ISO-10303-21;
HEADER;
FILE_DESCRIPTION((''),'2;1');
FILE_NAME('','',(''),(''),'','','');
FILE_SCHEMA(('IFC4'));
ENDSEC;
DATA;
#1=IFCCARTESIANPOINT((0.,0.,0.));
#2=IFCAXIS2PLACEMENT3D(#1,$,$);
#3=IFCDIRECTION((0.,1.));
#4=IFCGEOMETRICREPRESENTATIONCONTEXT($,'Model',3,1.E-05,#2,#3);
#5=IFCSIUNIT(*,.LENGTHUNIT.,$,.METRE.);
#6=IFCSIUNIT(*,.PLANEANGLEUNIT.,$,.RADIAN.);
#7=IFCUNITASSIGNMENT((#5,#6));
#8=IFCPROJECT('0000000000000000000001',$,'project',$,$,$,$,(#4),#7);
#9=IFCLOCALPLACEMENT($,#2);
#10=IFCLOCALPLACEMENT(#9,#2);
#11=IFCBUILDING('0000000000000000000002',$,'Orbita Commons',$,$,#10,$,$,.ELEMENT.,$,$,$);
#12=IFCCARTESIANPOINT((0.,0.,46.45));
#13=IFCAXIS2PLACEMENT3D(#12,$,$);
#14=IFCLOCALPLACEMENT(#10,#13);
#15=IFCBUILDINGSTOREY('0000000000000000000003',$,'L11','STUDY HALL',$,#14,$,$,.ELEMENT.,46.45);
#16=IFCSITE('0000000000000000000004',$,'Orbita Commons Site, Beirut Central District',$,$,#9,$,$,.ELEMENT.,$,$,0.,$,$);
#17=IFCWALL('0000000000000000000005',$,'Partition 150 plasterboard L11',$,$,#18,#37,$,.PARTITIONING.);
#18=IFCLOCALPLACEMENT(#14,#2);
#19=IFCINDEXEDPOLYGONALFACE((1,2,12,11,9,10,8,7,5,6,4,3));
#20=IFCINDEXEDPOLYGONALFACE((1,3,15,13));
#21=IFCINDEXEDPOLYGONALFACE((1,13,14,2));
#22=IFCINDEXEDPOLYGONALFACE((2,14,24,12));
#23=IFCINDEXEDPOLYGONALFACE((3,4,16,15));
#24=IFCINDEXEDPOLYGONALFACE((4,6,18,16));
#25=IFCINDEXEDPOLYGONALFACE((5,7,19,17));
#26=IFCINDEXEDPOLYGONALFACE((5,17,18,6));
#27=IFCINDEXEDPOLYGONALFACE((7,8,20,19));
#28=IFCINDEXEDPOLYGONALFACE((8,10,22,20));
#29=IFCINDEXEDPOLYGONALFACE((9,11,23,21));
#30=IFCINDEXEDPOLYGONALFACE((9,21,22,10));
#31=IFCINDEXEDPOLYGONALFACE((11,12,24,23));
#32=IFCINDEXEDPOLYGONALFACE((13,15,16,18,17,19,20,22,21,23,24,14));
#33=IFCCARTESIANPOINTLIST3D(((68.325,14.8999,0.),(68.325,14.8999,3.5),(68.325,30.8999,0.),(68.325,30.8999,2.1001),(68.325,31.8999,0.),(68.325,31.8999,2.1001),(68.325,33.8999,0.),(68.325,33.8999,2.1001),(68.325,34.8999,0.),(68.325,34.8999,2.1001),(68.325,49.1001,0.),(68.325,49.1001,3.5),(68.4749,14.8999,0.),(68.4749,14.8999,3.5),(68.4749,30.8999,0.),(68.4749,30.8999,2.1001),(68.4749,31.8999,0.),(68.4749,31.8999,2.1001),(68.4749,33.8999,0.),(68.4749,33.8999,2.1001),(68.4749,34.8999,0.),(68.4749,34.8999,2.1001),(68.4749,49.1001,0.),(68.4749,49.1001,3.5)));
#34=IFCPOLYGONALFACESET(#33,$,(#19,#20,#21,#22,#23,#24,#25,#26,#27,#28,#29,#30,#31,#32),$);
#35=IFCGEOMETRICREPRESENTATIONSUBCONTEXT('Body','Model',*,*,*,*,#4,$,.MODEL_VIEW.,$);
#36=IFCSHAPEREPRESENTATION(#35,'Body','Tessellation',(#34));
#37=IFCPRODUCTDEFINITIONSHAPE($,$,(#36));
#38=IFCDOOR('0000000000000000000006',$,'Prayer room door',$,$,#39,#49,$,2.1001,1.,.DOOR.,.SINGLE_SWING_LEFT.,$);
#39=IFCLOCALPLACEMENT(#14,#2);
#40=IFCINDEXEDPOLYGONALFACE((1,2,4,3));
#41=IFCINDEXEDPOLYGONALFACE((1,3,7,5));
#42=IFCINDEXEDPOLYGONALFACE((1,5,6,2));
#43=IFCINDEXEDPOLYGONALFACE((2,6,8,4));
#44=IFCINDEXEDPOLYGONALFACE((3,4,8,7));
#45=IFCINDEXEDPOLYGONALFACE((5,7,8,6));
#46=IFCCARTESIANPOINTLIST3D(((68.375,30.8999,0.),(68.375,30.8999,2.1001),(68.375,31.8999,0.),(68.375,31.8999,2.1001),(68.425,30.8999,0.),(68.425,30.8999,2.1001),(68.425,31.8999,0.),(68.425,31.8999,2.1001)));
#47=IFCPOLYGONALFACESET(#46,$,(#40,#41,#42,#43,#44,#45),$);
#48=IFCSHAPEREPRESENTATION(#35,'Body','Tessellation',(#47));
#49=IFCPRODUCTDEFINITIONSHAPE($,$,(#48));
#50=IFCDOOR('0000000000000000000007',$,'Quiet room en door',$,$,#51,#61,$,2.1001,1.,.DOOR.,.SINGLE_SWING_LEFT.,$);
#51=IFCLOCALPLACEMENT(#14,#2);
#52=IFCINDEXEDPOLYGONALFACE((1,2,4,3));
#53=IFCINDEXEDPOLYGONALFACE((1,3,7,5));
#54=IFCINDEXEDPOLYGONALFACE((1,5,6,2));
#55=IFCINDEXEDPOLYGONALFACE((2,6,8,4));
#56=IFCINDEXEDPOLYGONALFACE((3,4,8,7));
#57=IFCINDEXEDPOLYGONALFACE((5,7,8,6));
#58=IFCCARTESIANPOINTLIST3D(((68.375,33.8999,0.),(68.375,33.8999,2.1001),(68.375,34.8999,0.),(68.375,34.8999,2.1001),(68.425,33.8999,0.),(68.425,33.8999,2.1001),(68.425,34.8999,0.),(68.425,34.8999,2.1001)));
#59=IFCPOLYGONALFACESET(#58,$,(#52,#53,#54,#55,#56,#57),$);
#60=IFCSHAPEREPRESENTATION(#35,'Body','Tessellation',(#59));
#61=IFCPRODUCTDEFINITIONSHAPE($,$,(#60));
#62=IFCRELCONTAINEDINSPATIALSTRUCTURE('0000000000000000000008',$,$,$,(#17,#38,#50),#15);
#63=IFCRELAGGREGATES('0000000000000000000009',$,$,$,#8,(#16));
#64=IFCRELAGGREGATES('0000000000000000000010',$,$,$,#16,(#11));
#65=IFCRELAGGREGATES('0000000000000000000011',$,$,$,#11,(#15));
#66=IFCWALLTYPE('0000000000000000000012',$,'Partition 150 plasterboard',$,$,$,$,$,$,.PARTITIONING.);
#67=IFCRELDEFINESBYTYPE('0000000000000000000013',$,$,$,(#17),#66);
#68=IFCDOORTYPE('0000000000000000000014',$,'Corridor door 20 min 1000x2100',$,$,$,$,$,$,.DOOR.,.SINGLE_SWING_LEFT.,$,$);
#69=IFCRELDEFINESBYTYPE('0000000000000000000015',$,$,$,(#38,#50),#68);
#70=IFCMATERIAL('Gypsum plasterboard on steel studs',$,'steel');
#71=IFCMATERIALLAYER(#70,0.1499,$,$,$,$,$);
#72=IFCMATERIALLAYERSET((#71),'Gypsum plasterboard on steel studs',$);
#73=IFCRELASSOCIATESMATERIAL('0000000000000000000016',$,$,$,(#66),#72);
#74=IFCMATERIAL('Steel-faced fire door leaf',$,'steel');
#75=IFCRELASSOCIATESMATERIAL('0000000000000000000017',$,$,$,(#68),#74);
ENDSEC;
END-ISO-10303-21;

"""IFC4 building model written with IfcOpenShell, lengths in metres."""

from ifc_helpers import new_model, si_unit, direction, frame, frame_2d, origin, place, context, subcontext, project, spatial, rectangle, extrude, material, layer, layer_set, type_object, element, fill, save


model = new_model("IFC4")

# Units and contexts
model_context = context("Model", 3, precision=1e-05, world=origin(), true_north=direction((0.0, 1.0)))
body_context = subcontext(model_context, "Body", "Model", "MODEL_VIEW")
ifc_project = project(units=[si_unit("LENGTHUNIT", "METRE"), si_unit("PLANEANGLEUNIT", "RADIAN")], contexts=[model_context])

# Site, building, storey
site_placement = place(None, origin())
site = spatial("IfcSite", under=ifc_project, at=site_placement, Name="Orbita Commons Site, Beirut Central District", CompositionType="ELEMENT", RefElevation=0.0)
building_placement = place(site_placement, origin())
building = spatial("IfcBuilding", under=site, at=building_placement, Name="Orbita Commons", CompositionType="ELEMENT")
storey_placement = place(building_placement, frame((0.0, 0.0, 46.45)))
storey = spatial("IfcBuildingStorey", under=building, at=storey_placement, Name="L11", Description="STUDY HALL", CompositionType="ELEMENT", Elevation=46.45)

# Wall, openings, doors
ifc_material_1 = material(Name="Gypsum plasterboard on steel studs", Category="steel")
ifc_layer_1 = layer(ifc_material_1, 0.1499)
ifc_layer_set_1 = layer_set([ifc_layer_1], Name="Gypsum plasterboard on steel studs")
wall_type_1 = type_object("IfcWallType", Name="Partition 150 plasterboard", PredefinedType="PARTITIONING", material=ifc_layer_set_1)
wall_1_placement = place(storey_placement, frame((68.3999, 14.8999, 0.0), z_axis=(0.0, 0.0, 1.0), x_axis=(0.0, 1.0, 0.0)))
wall_1 = element("IfcWall", 1, at=wall_1_placement, inside=storey, type_object=wall_type_1, Name="Partition 150 plasterboard L11", PredefinedType="PARTITIONING", context=body_context, shape_type="SweptSolid", body=[
    extrude(rectangle(XDim=34.2002, YDim=0.1499, at=frame_2d((17.1001, 0.0))), origin(), (0.0, 0.0, 1.0), 3.5),
])
opening_1_placement = place(wall_1_placement, frame((16.0, 0.0, 0.0)))
opening_1 = element("IfcOpeningElement", 2, at=opening_1_placement, cuts=wall_1, PredefinedType="OPENING", context=body_context, shape_type="SweptSolid", body=[
    extrude(rectangle(XDim=1.0, YDim=2.1001, at=frame_2d((0.5, 1.05))), frame((0.0, 0.085, 0.0), z_axis=(0.0, -1.0, 0.0), x_axis=(1.0, 0.0, 0.0)), (0.0, 0.0, 1.0), 0.1699),
])
opening_2_placement = place(wall_1_placement, frame((19.0, 0.0, 0.0)))
opening_2 = element("IfcOpeningElement", 3, at=opening_2_placement, cuts=wall_1, PredefinedType="OPENING", context=body_context, shape_type="SweptSolid", body=[
    extrude(rectangle(XDim=1.0, YDim=2.1001, at=frame_2d((0.5, 1.05))), frame((0.0, 0.085, 0.0), z_axis=(0.0, -1.0, 0.0), x_axis=(1.0, 0.0, 0.0)), (0.0, 0.0, 1.0), 0.1699),
])
ifc_material_2 = material(Name="Steel-faced fire door leaf", Category="steel")
door_type_1 = type_object("IfcDoorType", Name="Corridor door 20 min 1000x2100", OperationType="SINGLE_SWING_LEFT", PredefinedType="DOOR", material=ifc_material_2)
door_1_placement = place(opening_1_placement, origin())
door_1 = element("IfcDoor", 4, at=door_1_placement, inside=storey, type_object=door_type_1, Name="Prayer room door", OperationType="SINGLE_SWING_LEFT", OverallHeight=2.1001, OverallWidth=1.0, PredefinedType="DOOR", context=body_context, shape_type="SweptSolid", body=[
    extrude(rectangle(XDim=1.0, YDim=2.1001, at=frame_2d((0.5, 1.05))), frame((0.0, 0.0249, 0.0), z_axis=(0.0, -1.0, 0.0), x_axis=(1.0, 0.0, 0.0)), (0.0, 0.0, 1.0), 0.05),
])
fill(opening_1, door_1)
door_2_placement = place(opening_2_placement, origin())
door_2 = element("IfcDoor", 5, at=door_2_placement, inside=storey, type_object=door_type_1, Name="Quiet room en door", OperationType="SINGLE_SWING_LEFT", OverallHeight=2.1001, OverallWidth=1.0, PredefinedType="DOOR", context=body_context, shape_type="SweptSolid", body=[
    extrude(rectangle(XDim=1.0, YDim=2.1001, at=frame_2d((0.5, 1.05))), frame((0.0, 0.0249, 0.0), z_axis=(0.0, -1.0, 0.0), x_axis=(1.0, 0.0, 0.0)), (0.0, 0.0, 1.0), 0.05),
])
fill(opening_2, door_2)

save(model, "model.ifc")
